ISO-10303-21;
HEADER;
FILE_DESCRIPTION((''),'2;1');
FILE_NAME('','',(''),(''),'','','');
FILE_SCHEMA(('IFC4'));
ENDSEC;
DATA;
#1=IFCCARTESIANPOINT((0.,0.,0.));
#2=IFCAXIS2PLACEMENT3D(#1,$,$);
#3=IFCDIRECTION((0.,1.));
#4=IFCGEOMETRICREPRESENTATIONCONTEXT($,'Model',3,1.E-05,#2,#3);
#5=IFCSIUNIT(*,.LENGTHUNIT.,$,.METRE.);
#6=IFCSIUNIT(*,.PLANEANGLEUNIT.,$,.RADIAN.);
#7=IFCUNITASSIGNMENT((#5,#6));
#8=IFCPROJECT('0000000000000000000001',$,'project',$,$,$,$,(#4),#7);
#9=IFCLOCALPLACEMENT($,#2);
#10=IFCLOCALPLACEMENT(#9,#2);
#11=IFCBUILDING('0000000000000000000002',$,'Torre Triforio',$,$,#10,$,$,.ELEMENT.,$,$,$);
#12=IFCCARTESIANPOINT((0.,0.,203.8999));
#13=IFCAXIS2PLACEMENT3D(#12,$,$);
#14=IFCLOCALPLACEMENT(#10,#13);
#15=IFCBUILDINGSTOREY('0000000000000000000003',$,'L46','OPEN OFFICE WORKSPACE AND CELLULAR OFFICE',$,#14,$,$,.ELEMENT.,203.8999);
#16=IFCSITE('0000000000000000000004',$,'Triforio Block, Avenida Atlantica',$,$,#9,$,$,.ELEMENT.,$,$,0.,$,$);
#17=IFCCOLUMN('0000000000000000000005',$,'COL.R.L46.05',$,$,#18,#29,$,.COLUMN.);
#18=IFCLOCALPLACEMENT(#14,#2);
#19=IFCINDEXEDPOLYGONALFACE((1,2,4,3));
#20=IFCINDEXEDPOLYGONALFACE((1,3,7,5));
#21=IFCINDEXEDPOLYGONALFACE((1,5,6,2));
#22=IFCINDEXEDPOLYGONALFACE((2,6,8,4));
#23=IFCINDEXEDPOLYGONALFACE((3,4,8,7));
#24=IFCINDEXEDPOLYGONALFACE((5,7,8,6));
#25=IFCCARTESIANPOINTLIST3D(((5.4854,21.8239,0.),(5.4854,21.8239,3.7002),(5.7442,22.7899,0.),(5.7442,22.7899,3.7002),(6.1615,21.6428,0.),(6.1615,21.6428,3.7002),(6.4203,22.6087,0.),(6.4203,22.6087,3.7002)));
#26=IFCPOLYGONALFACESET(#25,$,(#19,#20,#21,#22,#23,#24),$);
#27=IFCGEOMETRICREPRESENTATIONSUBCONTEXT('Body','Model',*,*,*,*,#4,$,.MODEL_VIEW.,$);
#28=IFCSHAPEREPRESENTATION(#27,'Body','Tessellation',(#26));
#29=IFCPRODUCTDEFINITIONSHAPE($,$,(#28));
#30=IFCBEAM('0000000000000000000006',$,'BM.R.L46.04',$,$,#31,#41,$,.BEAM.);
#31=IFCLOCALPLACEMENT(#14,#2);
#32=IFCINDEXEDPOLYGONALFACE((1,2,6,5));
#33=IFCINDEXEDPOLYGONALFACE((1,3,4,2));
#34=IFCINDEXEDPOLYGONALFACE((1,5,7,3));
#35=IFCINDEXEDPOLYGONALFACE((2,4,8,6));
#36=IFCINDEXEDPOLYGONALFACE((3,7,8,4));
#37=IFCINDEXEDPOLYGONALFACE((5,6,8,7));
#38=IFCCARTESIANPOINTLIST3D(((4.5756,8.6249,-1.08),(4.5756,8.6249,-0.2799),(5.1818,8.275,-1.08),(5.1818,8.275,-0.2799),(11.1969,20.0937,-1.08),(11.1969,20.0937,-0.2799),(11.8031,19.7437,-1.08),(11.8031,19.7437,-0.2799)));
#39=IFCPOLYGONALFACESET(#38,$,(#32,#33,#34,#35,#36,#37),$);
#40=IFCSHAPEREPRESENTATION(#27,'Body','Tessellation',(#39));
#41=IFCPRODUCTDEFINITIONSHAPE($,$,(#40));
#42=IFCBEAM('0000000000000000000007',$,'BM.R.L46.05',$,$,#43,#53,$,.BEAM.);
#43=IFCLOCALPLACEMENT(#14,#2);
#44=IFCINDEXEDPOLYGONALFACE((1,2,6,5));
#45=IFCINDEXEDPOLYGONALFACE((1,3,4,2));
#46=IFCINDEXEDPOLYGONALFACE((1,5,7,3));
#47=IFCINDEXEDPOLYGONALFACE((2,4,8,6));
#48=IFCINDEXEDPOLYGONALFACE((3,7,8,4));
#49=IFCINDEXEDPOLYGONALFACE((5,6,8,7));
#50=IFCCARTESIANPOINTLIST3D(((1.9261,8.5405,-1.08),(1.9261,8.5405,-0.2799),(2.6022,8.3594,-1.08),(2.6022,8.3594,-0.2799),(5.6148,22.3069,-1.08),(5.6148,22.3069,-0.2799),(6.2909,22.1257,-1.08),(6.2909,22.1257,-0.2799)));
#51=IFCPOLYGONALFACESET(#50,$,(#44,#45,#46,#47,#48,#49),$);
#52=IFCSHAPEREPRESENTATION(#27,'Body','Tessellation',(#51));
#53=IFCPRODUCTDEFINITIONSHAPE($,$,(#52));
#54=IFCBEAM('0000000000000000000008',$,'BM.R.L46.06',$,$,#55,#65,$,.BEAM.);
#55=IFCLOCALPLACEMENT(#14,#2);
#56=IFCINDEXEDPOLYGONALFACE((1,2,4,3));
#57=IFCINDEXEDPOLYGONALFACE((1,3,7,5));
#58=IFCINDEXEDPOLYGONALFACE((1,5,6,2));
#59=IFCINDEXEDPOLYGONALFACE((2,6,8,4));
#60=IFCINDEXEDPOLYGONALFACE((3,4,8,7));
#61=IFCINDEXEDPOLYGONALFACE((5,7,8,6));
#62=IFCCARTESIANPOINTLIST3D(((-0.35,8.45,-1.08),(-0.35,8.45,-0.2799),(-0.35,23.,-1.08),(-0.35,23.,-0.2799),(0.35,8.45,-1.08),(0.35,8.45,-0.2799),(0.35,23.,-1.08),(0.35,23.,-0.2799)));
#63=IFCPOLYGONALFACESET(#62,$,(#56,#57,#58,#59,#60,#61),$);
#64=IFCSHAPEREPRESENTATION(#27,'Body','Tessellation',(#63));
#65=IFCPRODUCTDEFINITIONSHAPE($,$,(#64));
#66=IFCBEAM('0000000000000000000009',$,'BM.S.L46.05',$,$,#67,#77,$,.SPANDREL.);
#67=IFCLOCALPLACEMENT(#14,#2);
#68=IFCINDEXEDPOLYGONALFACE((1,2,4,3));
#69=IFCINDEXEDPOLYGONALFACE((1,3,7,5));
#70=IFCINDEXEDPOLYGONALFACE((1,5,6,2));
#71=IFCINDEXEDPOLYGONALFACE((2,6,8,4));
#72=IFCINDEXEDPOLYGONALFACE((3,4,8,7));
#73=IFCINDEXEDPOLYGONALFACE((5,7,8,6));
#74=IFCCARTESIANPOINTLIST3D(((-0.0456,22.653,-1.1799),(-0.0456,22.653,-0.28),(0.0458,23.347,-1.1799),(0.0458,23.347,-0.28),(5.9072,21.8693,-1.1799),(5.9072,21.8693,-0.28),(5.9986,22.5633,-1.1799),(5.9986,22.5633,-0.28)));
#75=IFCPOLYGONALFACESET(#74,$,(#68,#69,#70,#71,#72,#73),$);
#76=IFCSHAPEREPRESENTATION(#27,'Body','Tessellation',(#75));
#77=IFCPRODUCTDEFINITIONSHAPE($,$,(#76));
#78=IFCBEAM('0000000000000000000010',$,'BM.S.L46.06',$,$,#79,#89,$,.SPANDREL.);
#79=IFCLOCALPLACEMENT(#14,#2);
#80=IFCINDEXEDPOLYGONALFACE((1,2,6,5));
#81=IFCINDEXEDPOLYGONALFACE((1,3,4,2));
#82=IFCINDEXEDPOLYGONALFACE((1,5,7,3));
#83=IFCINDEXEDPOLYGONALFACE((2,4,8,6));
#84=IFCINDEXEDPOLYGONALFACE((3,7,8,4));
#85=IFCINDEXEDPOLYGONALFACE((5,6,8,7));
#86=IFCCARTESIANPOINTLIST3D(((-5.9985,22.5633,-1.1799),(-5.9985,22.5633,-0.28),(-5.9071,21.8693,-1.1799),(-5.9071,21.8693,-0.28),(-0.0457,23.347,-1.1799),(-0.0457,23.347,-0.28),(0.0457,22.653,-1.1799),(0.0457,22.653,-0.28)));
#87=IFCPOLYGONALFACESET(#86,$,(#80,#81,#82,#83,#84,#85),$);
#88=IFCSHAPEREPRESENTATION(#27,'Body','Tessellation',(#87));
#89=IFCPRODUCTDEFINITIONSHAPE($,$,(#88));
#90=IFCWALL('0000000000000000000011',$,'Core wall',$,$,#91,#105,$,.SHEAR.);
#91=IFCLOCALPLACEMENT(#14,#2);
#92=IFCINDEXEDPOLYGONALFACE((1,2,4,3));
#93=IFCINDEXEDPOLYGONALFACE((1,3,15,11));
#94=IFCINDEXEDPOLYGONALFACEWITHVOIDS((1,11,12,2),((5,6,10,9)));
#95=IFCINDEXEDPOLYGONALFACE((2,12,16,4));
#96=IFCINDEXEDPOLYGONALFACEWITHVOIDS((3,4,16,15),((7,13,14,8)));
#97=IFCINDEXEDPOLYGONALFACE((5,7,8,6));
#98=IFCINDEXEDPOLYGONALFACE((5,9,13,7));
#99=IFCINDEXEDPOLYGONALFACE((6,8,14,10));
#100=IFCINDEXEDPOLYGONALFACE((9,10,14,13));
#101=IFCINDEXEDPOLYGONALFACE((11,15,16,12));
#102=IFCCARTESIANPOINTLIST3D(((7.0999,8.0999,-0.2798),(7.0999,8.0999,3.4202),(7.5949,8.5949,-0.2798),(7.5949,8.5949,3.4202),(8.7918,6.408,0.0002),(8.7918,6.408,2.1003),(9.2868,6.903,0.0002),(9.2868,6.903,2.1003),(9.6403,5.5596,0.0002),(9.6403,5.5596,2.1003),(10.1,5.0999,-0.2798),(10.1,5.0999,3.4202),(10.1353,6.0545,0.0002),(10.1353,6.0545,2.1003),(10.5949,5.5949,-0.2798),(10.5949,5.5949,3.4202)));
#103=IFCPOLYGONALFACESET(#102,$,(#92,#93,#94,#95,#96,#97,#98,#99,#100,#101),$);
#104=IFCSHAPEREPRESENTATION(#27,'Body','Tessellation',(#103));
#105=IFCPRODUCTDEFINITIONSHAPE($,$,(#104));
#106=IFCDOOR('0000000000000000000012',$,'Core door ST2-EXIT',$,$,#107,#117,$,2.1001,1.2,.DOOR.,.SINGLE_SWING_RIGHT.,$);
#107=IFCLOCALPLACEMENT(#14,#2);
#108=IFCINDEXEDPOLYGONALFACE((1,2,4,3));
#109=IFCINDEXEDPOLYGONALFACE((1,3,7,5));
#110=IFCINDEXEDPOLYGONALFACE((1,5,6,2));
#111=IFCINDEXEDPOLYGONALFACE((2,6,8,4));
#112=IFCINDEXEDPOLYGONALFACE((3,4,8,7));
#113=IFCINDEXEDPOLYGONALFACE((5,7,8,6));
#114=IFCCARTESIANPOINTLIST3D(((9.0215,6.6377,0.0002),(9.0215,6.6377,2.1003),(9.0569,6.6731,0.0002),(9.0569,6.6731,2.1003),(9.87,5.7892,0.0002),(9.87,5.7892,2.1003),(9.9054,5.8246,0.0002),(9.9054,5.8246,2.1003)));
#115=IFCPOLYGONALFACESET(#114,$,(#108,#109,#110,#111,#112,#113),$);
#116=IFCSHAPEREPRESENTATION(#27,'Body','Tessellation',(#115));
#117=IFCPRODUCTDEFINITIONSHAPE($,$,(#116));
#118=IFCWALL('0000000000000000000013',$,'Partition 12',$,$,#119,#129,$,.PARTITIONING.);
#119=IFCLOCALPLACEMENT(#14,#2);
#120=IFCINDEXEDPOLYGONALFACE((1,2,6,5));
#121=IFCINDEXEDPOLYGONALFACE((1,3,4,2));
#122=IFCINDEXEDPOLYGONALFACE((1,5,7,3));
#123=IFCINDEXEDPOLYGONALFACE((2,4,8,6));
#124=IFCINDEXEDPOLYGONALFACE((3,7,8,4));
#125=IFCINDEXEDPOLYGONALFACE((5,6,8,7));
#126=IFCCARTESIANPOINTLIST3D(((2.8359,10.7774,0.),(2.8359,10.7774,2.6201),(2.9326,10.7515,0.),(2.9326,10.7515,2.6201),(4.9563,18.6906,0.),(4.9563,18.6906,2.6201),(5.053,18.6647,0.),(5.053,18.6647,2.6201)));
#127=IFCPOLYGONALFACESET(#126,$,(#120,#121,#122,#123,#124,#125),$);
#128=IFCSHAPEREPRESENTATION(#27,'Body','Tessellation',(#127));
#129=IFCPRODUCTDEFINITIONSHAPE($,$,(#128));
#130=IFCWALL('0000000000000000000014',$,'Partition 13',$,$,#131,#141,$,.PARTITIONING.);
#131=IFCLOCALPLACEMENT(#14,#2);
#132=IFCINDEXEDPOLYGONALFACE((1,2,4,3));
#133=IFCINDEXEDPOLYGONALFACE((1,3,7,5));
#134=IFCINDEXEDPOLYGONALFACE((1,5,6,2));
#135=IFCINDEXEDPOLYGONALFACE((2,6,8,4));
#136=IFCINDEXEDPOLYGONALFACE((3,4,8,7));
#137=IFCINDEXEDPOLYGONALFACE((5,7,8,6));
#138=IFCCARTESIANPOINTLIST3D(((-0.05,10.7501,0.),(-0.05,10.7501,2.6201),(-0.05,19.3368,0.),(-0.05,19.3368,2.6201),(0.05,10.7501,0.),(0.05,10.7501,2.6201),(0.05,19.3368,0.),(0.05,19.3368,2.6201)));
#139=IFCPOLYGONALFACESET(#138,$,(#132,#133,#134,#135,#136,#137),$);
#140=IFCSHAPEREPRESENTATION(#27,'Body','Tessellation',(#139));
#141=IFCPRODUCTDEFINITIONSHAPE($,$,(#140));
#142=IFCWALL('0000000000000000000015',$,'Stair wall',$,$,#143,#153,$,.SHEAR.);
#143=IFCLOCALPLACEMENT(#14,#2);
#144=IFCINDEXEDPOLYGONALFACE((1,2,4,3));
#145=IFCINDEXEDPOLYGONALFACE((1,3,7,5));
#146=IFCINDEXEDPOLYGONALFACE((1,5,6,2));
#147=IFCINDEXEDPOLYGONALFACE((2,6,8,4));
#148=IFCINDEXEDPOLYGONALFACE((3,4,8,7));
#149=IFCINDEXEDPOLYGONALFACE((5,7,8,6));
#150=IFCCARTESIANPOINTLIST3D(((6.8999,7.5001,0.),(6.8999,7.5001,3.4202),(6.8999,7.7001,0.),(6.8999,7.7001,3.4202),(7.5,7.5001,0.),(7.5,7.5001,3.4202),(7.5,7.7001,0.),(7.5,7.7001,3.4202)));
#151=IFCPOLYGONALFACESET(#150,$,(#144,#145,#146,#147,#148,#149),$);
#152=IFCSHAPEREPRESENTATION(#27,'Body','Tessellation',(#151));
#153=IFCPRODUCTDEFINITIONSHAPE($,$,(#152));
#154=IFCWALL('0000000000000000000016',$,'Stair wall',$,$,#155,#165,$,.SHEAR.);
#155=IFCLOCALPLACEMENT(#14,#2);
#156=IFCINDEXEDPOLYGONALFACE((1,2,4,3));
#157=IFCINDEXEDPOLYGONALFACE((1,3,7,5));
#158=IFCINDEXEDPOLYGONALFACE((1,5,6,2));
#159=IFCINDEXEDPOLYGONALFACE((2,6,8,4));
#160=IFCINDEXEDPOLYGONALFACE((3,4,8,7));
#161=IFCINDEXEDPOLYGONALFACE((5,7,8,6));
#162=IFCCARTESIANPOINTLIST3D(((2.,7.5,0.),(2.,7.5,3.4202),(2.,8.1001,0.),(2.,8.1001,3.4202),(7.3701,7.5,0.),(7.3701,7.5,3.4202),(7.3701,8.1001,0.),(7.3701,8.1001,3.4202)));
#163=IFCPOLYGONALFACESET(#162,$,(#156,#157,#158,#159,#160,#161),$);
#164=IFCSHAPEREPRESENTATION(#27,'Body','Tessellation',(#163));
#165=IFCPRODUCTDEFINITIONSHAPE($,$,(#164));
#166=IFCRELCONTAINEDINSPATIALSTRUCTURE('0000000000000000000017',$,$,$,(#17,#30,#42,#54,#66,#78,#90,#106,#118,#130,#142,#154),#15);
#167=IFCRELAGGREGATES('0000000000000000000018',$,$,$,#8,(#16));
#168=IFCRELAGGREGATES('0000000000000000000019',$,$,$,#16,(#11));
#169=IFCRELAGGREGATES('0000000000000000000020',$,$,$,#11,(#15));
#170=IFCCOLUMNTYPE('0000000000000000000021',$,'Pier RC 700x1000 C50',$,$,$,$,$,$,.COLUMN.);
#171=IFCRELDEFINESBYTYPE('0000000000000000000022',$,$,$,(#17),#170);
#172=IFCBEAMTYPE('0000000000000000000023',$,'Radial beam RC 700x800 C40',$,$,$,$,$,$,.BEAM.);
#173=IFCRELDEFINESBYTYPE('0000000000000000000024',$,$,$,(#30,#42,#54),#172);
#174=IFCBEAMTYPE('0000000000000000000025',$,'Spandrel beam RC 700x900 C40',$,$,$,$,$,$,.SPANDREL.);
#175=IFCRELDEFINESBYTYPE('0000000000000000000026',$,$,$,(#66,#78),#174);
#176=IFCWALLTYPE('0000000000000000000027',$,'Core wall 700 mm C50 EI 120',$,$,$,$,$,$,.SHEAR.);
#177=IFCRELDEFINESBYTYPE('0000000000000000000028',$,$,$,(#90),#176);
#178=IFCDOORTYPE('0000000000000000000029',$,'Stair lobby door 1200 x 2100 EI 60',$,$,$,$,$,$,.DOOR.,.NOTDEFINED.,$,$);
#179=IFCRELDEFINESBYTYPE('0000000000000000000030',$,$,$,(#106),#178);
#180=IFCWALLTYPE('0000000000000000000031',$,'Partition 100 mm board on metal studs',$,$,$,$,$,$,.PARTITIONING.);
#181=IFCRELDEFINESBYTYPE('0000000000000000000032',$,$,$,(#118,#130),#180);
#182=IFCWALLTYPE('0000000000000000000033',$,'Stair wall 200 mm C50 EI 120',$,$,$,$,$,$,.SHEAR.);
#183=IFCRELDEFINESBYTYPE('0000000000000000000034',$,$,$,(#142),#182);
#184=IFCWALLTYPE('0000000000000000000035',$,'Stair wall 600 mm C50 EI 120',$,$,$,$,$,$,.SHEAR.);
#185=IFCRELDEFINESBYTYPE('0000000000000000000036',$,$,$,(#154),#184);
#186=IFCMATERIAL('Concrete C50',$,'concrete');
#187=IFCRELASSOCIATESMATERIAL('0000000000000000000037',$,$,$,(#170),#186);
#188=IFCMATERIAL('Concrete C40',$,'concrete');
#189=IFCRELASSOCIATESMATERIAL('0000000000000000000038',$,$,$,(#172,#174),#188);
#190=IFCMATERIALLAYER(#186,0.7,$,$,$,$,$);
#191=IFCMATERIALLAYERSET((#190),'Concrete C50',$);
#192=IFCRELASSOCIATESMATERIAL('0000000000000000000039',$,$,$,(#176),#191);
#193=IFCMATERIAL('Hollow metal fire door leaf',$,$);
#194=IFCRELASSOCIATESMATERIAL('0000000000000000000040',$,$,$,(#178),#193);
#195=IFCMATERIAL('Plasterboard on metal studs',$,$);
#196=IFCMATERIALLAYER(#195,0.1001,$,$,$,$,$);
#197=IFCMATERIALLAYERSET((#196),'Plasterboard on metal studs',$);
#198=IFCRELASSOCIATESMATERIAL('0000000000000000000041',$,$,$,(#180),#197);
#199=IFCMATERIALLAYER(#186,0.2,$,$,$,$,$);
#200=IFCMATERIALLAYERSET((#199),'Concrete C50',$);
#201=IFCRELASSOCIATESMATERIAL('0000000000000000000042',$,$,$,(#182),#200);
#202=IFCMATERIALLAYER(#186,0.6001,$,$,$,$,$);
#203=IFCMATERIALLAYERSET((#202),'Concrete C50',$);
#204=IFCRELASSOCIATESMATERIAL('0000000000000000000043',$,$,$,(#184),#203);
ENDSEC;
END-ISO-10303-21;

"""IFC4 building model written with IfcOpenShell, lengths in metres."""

from ifc_helpers import new_model, si_unit, direction, frame, frame_2d, origin, origin_2d, place, context, subcontext, project, spatial, rectangle, extrude, material, layer, layer_set, material_profile, profile_set, type_object, element, fill, save


model = new_model("IFC4")

# Units and contexts
model_context = context("Model", 3, precision=1e-05, world=origin(), true_north=direction((0.0, 1.0)))
body_context = subcontext(model_context, "Body", "Model", "MODEL_VIEW")
ifc_project = project(units=[si_unit("LENGTHUNIT", "METRE"), si_unit("PLANEANGLEUNIT", "RADIAN")], contexts=[model_context])

# Site, building, storey
site_placement = place(None, origin())
site = spatial("IfcSite", under=ifc_project, at=site_placement, Name="Triforio Block, Avenida Atlantica", CompositionType="ELEMENT", RefElevation=0.0)
building_placement = place(site_placement, origin())
building = spatial("IfcBuilding", under=site, at=building_placement, Name="Torre Triforio", CompositionType="ELEMENT")
storey_placement = place(building_placement, frame((0.0, 0.0, 203.8999)))
storey = spatial("IfcBuildingStorey", under=building, at=storey_placement, Name="L46", Description="OPEN OFFICE WORKSPACE AND CELLULAR OFFICE", CompositionType="ELEMENT", Elevation=203.8999)

# Column
ifc_material_1 = material(Name="Concrete C50", Category="concrete")
ifc_material_profile_1 = material_profile(ifc_material_1, rectangle(XDim=0.7, YDim=1.0, at=origin_2d()), Name="RC 700x1000")
ifc_profile_set_1 = profile_set([ifc_material_profile_1], Name="Concrete C50")
column_type = type_object("IfcColumnType", Name="Pier RC 700x1000 C50", PredefinedType="COLUMN", material=ifc_profile_set_1)
column_placement = place(storey_placement, frame((5.9529, 22.2163, 0.0), z_axis=(0.0, 0.0, 1.0), x_axis=(-0.965926, 0.258819, 0.0)))
element("IfcColumn", 1, at=column_placement, inside=storey, type_object=column_type, Name="COL.R.L46.05", PredefinedType="COLUMN", context=body_context, shape_type="SweptSolid", body=[
    extrude(rectangle(XDim=0.7, YDim=1.0, at=origin_2d()), origin(), (0.0, 0.0, 1.0), 3.7002),
])

# Beams
ifc_material_2 = material(Name="Concrete C40", Category="concrete")
ifc_material_profile_2 = material_profile(ifc_material_2, rectangle(XDim=0.7, YDim=0.8, at=origin_2d()), Name="RC 700x800")
ifc_profile_set_2 = profile_set([ifc_material_profile_2], Name="Concrete C40")
beam_type_1 = type_object("IfcBeamType", Name="Radial beam RC 700x800 C40", PredefinedType="BEAM", material=ifc_profile_set_2)
beam_1_placement = place(storey_placement, frame((4.8787, 8.45, -0.6799), z_axis=(0.499992, 0.86603, 0.0), x_axis=(-0.86603, 0.499992, 0.0)))
element("IfcBeam", 2, at=beam_1_placement, inside=storey, type_object=beam_type_1, Name="BM.R.L46.04", PredefinedType="BEAM", context=body_context, shape_type="SweptSolid", body=[
    extrude(rectangle(XDim=0.7, YDim=0.8, at=origin_2d()), origin(), (0.0, 0.0, 1.0), 13.2429),
])
beam_2_placement = place(storey_placement, frame((2.2642, 8.45, -0.6799), z_axis=(0.258821, 0.965925, 0.0), x_axis=(-0.965925, 0.258821, 0.0)))
element("IfcBeam", 3, at=beam_2_placement, inside=storey, type_object=beam_type_1, Name="BM.R.L46.05", PredefinedType="BEAM", context=body_context, shape_type="SweptSolid", body=[
    extrude(rectangle(XDim=0.7, YDim=0.8, at=origin_2d()), origin(), (0.0, 0.0, 1.0), 14.252),
])
beam_3_placement = place(storey_placement, frame((0.0, 8.45, -0.6799), z_axis=(0.0, 1.0, 0.0), x_axis=(-1.0, 0.0, 0.0)))
element("IfcBeam", 4, at=beam_3_placement, inside=storey, type_object=beam_type_1, Name="BM.R.L46.06", PredefinedType="BEAM", context=body_context, shape_type="SweptSolid", body=[
    extrude(rectangle(XDim=0.7, YDim=0.8, at=origin_2d()), origin(), (0.0, 0.0, 1.0), 14.55),
])
ifc_material_profile_3 = material_profile(ifc_material_2, rectangle(XDim=0.7, YDim=0.8999, at=origin_2d()), Name="RC 700x900")
ifc_profile_set_3 = profile_set([ifc_material_profile_3], Name="Concrete C40")
beam_type_2 = type_object("IfcBeamType", Name="Spandrel beam RC 700x900 C40", PredefinedType="SPANDREL", material=ifc_profile_set_3)
for number, where, z_axis, x_axis, name in (
    (5, (5.9529, 22.2163, -0.73), (-0.991445, 0.130523, 0.0), (-0.130523, -0.991445, 0.0), "BM.S.L46.05"),
    (6, (0.0, 23.0, -0.73), (-0.991445, -0.130523, 0.0), (0.130523, -0.991445, 0.0), "BM.S.L46.06"),
):
    element("IfcBeam", number, at=place(storey_placement, frame(where, z_axis=z_axis, x_axis=x_axis)), inside=storey, type_object=beam_type_2, Name=name, PredefinedType="SPANDREL", context=body_context, shape_type="SweptSolid", body=[
        extrude(rectangle(XDim=0.7, YDim=0.8999, at=origin_2d()), origin(), (0.0, 0.0, 1.0), 6.0042),
    ])

# Wall, opening, door
ifc_layer_1 = layer(ifc_material_1, 0.7)
ifc_layer_set_1 = layer_set([ifc_layer_1], Name="Concrete C50")
wall_type_1 = type_object("IfcWallType", Name="Core wall 700 mm C50 EI 120", PredefinedType="SHEAR", material=ifc_layer_set_1)
wall_1_placement = place(storey_placement, frame((7.3474, 8.3474, -0.2798), z_axis=(0.0, 0.0, 1.0), x_axis=(0.707107, -0.707107, 0.0)))
wall_1 = element("IfcWall", 7, at=wall_1_placement, inside=storey, type_object=wall_type_1, Name="Core wall", PredefinedType="SHEAR", context=body_context, shape_type="SweptSolid", body=[
    extrude(rectangle(XDim=4.2427, YDim=0.7, at=frame_2d((2.1213, 0.0))), origin(), (0.0, 0.0, 1.0), 3.7),
])
opening_1_placement = place(wall_1_placement, frame((2.3926, 0.0, 0.28)))
opening_1 = element("IfcOpeningElement", 8, at=opening_1_placement, cuts=wall_1, PredefinedType="OPENING", context=body_context, shape_type="SweptSolid", body=[
    extrude(rectangle(XDim=1.2, YDim=2.1001, at=frame_2d((0.6001, 1.05))), frame((0.0, 0.3599, 0.0), z_axis=(0.0, -1.0, 0.0), x_axis=(1.0, 0.0, 0.0)), (0.0, 0.0, 1.0), 0.72),
])
ifc_material_3 = material(Name="Hollow metal fire door leaf")
door_type_1 = type_object("IfcDoorType", Name="Stair lobby door 1200 x 2100 EI 60", OperationType="NOTDEFINED", PredefinedType="DOOR", material=ifc_material_3)
door_1_placement = place(opening_1_placement, origin())
door_1 = element("IfcDoor", 9, at=door_1_placement, inside=storey, type_object=door_type_1, Name="Core door ST2-EXIT", OperationType="SINGLE_SWING_RIGHT", OverallHeight=2.1001, OverallWidth=1.2, PredefinedType="DOOR", context=body_context, shape_type="SweptSolid", body=[
    extrude(rectangle(XDim=1.2, YDim=2.1001, at=frame_2d((0.6001, 1.05))), frame((0.0, 0.0249, 0.0), z_axis=(0.0, -1.0, 0.0), x_axis=(1.0, 0.0, 0.0)), (0.0, 0.0, 1.0), 0.05),
])
fill(opening_1, door_1)

# Walls
ifc_material_4 = material(Name="Plasterboard on metal studs")
ifc_layer_2 = layer(ifc_material_4, 0.1001)
ifc_layer_set_2 = layer_set([ifc_layer_2], Name="Plasterboard on metal studs")
wall_type_2 = type_object("IfcWallType", Name="Partition 100 mm board on metal studs", PredefinedType="PARTITIONING", material=ifc_layer_set_2)
wall_2_placement = place(storey_placement, frame((2.8843, 10.7644, 0.0), z_axis=(0.0, 0.0, 1.0), x_axis=(0.258818, 0.965926, 0.0)))
element("IfcWall", 10, at=wall_2_placement, inside=storey, type_object=wall_type_2, Name="Partition 12", PredefinedType="PARTITIONING", context=body_context, shape_type="SweptSolid", body=[
    extrude(rectangle(XDim=8.1924, YDim=0.1001, at=frame_2d((4.0962, 0.0))), origin(), (0.0, 0.0, 1.0), 2.6201),
])
wall_3_placement = place(storey_placement, frame((0.0, 10.75, 0.0), z_axis=(0.0, 0.0, 1.0), x_axis=(0.0, 1.0, 0.0)))
element("IfcWall", 11, at=wall_3_placement, inside=storey, type_object=wall_type_2, Name="Partition 13", PredefinedType="PARTITIONING", context=body_context, shape_type="SweptSolid", body=[
    extrude(rectangle(XDim=8.5867, YDim=0.1001, at=frame_2d((4.2935, 0.0))), origin(), (0.0, 0.0, 1.0), 2.6201),
])
ifc_layer_3 = layer(ifc_material_1, 0.2)
ifc_layer_set_3 = layer_set([ifc_layer_3], Name="Concrete C50")
wall_type_3 = type_object("IfcWallType", Name="Stair wall 200 mm C50 EI 120", PredefinedType="SHEAR", material=ifc_layer_set_3)
wall_4_placement = place(storey_placement, frame((6.8999, 7.6001, 0.0), z_axis=(0.0, 0.0, 1.0), x_axis=(1.0, 0.0, 0.0)))
element("IfcWall", 12, at=wall_4_placement, inside=storey, type_object=wall_type_3, Name="Stair wall", PredefinedType="SHEAR", context=body_context, shape_type="SweptSolid", body=[
    extrude(rectangle(XDim=0.6001, YDim=0.2, at=frame_2d((0.3, 0.0))), origin(), (0.0, 0.0, 1.0), 3.4202),
])
ifc_layer_4 = layer(ifc_material_1, 0.6001)
ifc_layer_set_4 = layer_set([ifc_layer_4], Name="Concrete C50")
wall_type_4 = type_object("IfcWallType", Name="Stair wall 600 mm C50 EI 120", PredefinedType="SHEAR", material=ifc_layer_set_4)
wall_5_placement = place(storey_placement, frame((2.0, 7.8, 0.0), z_axis=(0.0, 0.0, 1.0), x_axis=(1.0, 0.0, 0.0)))
element("IfcWall", 13, at=wall_5_placement, inside=storey, type_object=wall_type_4, Name="Stair wall", PredefinedType="SHEAR", context=body_context, shape_type="SweptSolid", body=[
    extrude(rectangle(XDim=5.3701, YDim=0.6001, at=frame_2d((2.6851, 0.0))), origin(), (0.0, 0.0, 1.0), 3.4202),
])

save(model, "model.ifc")
